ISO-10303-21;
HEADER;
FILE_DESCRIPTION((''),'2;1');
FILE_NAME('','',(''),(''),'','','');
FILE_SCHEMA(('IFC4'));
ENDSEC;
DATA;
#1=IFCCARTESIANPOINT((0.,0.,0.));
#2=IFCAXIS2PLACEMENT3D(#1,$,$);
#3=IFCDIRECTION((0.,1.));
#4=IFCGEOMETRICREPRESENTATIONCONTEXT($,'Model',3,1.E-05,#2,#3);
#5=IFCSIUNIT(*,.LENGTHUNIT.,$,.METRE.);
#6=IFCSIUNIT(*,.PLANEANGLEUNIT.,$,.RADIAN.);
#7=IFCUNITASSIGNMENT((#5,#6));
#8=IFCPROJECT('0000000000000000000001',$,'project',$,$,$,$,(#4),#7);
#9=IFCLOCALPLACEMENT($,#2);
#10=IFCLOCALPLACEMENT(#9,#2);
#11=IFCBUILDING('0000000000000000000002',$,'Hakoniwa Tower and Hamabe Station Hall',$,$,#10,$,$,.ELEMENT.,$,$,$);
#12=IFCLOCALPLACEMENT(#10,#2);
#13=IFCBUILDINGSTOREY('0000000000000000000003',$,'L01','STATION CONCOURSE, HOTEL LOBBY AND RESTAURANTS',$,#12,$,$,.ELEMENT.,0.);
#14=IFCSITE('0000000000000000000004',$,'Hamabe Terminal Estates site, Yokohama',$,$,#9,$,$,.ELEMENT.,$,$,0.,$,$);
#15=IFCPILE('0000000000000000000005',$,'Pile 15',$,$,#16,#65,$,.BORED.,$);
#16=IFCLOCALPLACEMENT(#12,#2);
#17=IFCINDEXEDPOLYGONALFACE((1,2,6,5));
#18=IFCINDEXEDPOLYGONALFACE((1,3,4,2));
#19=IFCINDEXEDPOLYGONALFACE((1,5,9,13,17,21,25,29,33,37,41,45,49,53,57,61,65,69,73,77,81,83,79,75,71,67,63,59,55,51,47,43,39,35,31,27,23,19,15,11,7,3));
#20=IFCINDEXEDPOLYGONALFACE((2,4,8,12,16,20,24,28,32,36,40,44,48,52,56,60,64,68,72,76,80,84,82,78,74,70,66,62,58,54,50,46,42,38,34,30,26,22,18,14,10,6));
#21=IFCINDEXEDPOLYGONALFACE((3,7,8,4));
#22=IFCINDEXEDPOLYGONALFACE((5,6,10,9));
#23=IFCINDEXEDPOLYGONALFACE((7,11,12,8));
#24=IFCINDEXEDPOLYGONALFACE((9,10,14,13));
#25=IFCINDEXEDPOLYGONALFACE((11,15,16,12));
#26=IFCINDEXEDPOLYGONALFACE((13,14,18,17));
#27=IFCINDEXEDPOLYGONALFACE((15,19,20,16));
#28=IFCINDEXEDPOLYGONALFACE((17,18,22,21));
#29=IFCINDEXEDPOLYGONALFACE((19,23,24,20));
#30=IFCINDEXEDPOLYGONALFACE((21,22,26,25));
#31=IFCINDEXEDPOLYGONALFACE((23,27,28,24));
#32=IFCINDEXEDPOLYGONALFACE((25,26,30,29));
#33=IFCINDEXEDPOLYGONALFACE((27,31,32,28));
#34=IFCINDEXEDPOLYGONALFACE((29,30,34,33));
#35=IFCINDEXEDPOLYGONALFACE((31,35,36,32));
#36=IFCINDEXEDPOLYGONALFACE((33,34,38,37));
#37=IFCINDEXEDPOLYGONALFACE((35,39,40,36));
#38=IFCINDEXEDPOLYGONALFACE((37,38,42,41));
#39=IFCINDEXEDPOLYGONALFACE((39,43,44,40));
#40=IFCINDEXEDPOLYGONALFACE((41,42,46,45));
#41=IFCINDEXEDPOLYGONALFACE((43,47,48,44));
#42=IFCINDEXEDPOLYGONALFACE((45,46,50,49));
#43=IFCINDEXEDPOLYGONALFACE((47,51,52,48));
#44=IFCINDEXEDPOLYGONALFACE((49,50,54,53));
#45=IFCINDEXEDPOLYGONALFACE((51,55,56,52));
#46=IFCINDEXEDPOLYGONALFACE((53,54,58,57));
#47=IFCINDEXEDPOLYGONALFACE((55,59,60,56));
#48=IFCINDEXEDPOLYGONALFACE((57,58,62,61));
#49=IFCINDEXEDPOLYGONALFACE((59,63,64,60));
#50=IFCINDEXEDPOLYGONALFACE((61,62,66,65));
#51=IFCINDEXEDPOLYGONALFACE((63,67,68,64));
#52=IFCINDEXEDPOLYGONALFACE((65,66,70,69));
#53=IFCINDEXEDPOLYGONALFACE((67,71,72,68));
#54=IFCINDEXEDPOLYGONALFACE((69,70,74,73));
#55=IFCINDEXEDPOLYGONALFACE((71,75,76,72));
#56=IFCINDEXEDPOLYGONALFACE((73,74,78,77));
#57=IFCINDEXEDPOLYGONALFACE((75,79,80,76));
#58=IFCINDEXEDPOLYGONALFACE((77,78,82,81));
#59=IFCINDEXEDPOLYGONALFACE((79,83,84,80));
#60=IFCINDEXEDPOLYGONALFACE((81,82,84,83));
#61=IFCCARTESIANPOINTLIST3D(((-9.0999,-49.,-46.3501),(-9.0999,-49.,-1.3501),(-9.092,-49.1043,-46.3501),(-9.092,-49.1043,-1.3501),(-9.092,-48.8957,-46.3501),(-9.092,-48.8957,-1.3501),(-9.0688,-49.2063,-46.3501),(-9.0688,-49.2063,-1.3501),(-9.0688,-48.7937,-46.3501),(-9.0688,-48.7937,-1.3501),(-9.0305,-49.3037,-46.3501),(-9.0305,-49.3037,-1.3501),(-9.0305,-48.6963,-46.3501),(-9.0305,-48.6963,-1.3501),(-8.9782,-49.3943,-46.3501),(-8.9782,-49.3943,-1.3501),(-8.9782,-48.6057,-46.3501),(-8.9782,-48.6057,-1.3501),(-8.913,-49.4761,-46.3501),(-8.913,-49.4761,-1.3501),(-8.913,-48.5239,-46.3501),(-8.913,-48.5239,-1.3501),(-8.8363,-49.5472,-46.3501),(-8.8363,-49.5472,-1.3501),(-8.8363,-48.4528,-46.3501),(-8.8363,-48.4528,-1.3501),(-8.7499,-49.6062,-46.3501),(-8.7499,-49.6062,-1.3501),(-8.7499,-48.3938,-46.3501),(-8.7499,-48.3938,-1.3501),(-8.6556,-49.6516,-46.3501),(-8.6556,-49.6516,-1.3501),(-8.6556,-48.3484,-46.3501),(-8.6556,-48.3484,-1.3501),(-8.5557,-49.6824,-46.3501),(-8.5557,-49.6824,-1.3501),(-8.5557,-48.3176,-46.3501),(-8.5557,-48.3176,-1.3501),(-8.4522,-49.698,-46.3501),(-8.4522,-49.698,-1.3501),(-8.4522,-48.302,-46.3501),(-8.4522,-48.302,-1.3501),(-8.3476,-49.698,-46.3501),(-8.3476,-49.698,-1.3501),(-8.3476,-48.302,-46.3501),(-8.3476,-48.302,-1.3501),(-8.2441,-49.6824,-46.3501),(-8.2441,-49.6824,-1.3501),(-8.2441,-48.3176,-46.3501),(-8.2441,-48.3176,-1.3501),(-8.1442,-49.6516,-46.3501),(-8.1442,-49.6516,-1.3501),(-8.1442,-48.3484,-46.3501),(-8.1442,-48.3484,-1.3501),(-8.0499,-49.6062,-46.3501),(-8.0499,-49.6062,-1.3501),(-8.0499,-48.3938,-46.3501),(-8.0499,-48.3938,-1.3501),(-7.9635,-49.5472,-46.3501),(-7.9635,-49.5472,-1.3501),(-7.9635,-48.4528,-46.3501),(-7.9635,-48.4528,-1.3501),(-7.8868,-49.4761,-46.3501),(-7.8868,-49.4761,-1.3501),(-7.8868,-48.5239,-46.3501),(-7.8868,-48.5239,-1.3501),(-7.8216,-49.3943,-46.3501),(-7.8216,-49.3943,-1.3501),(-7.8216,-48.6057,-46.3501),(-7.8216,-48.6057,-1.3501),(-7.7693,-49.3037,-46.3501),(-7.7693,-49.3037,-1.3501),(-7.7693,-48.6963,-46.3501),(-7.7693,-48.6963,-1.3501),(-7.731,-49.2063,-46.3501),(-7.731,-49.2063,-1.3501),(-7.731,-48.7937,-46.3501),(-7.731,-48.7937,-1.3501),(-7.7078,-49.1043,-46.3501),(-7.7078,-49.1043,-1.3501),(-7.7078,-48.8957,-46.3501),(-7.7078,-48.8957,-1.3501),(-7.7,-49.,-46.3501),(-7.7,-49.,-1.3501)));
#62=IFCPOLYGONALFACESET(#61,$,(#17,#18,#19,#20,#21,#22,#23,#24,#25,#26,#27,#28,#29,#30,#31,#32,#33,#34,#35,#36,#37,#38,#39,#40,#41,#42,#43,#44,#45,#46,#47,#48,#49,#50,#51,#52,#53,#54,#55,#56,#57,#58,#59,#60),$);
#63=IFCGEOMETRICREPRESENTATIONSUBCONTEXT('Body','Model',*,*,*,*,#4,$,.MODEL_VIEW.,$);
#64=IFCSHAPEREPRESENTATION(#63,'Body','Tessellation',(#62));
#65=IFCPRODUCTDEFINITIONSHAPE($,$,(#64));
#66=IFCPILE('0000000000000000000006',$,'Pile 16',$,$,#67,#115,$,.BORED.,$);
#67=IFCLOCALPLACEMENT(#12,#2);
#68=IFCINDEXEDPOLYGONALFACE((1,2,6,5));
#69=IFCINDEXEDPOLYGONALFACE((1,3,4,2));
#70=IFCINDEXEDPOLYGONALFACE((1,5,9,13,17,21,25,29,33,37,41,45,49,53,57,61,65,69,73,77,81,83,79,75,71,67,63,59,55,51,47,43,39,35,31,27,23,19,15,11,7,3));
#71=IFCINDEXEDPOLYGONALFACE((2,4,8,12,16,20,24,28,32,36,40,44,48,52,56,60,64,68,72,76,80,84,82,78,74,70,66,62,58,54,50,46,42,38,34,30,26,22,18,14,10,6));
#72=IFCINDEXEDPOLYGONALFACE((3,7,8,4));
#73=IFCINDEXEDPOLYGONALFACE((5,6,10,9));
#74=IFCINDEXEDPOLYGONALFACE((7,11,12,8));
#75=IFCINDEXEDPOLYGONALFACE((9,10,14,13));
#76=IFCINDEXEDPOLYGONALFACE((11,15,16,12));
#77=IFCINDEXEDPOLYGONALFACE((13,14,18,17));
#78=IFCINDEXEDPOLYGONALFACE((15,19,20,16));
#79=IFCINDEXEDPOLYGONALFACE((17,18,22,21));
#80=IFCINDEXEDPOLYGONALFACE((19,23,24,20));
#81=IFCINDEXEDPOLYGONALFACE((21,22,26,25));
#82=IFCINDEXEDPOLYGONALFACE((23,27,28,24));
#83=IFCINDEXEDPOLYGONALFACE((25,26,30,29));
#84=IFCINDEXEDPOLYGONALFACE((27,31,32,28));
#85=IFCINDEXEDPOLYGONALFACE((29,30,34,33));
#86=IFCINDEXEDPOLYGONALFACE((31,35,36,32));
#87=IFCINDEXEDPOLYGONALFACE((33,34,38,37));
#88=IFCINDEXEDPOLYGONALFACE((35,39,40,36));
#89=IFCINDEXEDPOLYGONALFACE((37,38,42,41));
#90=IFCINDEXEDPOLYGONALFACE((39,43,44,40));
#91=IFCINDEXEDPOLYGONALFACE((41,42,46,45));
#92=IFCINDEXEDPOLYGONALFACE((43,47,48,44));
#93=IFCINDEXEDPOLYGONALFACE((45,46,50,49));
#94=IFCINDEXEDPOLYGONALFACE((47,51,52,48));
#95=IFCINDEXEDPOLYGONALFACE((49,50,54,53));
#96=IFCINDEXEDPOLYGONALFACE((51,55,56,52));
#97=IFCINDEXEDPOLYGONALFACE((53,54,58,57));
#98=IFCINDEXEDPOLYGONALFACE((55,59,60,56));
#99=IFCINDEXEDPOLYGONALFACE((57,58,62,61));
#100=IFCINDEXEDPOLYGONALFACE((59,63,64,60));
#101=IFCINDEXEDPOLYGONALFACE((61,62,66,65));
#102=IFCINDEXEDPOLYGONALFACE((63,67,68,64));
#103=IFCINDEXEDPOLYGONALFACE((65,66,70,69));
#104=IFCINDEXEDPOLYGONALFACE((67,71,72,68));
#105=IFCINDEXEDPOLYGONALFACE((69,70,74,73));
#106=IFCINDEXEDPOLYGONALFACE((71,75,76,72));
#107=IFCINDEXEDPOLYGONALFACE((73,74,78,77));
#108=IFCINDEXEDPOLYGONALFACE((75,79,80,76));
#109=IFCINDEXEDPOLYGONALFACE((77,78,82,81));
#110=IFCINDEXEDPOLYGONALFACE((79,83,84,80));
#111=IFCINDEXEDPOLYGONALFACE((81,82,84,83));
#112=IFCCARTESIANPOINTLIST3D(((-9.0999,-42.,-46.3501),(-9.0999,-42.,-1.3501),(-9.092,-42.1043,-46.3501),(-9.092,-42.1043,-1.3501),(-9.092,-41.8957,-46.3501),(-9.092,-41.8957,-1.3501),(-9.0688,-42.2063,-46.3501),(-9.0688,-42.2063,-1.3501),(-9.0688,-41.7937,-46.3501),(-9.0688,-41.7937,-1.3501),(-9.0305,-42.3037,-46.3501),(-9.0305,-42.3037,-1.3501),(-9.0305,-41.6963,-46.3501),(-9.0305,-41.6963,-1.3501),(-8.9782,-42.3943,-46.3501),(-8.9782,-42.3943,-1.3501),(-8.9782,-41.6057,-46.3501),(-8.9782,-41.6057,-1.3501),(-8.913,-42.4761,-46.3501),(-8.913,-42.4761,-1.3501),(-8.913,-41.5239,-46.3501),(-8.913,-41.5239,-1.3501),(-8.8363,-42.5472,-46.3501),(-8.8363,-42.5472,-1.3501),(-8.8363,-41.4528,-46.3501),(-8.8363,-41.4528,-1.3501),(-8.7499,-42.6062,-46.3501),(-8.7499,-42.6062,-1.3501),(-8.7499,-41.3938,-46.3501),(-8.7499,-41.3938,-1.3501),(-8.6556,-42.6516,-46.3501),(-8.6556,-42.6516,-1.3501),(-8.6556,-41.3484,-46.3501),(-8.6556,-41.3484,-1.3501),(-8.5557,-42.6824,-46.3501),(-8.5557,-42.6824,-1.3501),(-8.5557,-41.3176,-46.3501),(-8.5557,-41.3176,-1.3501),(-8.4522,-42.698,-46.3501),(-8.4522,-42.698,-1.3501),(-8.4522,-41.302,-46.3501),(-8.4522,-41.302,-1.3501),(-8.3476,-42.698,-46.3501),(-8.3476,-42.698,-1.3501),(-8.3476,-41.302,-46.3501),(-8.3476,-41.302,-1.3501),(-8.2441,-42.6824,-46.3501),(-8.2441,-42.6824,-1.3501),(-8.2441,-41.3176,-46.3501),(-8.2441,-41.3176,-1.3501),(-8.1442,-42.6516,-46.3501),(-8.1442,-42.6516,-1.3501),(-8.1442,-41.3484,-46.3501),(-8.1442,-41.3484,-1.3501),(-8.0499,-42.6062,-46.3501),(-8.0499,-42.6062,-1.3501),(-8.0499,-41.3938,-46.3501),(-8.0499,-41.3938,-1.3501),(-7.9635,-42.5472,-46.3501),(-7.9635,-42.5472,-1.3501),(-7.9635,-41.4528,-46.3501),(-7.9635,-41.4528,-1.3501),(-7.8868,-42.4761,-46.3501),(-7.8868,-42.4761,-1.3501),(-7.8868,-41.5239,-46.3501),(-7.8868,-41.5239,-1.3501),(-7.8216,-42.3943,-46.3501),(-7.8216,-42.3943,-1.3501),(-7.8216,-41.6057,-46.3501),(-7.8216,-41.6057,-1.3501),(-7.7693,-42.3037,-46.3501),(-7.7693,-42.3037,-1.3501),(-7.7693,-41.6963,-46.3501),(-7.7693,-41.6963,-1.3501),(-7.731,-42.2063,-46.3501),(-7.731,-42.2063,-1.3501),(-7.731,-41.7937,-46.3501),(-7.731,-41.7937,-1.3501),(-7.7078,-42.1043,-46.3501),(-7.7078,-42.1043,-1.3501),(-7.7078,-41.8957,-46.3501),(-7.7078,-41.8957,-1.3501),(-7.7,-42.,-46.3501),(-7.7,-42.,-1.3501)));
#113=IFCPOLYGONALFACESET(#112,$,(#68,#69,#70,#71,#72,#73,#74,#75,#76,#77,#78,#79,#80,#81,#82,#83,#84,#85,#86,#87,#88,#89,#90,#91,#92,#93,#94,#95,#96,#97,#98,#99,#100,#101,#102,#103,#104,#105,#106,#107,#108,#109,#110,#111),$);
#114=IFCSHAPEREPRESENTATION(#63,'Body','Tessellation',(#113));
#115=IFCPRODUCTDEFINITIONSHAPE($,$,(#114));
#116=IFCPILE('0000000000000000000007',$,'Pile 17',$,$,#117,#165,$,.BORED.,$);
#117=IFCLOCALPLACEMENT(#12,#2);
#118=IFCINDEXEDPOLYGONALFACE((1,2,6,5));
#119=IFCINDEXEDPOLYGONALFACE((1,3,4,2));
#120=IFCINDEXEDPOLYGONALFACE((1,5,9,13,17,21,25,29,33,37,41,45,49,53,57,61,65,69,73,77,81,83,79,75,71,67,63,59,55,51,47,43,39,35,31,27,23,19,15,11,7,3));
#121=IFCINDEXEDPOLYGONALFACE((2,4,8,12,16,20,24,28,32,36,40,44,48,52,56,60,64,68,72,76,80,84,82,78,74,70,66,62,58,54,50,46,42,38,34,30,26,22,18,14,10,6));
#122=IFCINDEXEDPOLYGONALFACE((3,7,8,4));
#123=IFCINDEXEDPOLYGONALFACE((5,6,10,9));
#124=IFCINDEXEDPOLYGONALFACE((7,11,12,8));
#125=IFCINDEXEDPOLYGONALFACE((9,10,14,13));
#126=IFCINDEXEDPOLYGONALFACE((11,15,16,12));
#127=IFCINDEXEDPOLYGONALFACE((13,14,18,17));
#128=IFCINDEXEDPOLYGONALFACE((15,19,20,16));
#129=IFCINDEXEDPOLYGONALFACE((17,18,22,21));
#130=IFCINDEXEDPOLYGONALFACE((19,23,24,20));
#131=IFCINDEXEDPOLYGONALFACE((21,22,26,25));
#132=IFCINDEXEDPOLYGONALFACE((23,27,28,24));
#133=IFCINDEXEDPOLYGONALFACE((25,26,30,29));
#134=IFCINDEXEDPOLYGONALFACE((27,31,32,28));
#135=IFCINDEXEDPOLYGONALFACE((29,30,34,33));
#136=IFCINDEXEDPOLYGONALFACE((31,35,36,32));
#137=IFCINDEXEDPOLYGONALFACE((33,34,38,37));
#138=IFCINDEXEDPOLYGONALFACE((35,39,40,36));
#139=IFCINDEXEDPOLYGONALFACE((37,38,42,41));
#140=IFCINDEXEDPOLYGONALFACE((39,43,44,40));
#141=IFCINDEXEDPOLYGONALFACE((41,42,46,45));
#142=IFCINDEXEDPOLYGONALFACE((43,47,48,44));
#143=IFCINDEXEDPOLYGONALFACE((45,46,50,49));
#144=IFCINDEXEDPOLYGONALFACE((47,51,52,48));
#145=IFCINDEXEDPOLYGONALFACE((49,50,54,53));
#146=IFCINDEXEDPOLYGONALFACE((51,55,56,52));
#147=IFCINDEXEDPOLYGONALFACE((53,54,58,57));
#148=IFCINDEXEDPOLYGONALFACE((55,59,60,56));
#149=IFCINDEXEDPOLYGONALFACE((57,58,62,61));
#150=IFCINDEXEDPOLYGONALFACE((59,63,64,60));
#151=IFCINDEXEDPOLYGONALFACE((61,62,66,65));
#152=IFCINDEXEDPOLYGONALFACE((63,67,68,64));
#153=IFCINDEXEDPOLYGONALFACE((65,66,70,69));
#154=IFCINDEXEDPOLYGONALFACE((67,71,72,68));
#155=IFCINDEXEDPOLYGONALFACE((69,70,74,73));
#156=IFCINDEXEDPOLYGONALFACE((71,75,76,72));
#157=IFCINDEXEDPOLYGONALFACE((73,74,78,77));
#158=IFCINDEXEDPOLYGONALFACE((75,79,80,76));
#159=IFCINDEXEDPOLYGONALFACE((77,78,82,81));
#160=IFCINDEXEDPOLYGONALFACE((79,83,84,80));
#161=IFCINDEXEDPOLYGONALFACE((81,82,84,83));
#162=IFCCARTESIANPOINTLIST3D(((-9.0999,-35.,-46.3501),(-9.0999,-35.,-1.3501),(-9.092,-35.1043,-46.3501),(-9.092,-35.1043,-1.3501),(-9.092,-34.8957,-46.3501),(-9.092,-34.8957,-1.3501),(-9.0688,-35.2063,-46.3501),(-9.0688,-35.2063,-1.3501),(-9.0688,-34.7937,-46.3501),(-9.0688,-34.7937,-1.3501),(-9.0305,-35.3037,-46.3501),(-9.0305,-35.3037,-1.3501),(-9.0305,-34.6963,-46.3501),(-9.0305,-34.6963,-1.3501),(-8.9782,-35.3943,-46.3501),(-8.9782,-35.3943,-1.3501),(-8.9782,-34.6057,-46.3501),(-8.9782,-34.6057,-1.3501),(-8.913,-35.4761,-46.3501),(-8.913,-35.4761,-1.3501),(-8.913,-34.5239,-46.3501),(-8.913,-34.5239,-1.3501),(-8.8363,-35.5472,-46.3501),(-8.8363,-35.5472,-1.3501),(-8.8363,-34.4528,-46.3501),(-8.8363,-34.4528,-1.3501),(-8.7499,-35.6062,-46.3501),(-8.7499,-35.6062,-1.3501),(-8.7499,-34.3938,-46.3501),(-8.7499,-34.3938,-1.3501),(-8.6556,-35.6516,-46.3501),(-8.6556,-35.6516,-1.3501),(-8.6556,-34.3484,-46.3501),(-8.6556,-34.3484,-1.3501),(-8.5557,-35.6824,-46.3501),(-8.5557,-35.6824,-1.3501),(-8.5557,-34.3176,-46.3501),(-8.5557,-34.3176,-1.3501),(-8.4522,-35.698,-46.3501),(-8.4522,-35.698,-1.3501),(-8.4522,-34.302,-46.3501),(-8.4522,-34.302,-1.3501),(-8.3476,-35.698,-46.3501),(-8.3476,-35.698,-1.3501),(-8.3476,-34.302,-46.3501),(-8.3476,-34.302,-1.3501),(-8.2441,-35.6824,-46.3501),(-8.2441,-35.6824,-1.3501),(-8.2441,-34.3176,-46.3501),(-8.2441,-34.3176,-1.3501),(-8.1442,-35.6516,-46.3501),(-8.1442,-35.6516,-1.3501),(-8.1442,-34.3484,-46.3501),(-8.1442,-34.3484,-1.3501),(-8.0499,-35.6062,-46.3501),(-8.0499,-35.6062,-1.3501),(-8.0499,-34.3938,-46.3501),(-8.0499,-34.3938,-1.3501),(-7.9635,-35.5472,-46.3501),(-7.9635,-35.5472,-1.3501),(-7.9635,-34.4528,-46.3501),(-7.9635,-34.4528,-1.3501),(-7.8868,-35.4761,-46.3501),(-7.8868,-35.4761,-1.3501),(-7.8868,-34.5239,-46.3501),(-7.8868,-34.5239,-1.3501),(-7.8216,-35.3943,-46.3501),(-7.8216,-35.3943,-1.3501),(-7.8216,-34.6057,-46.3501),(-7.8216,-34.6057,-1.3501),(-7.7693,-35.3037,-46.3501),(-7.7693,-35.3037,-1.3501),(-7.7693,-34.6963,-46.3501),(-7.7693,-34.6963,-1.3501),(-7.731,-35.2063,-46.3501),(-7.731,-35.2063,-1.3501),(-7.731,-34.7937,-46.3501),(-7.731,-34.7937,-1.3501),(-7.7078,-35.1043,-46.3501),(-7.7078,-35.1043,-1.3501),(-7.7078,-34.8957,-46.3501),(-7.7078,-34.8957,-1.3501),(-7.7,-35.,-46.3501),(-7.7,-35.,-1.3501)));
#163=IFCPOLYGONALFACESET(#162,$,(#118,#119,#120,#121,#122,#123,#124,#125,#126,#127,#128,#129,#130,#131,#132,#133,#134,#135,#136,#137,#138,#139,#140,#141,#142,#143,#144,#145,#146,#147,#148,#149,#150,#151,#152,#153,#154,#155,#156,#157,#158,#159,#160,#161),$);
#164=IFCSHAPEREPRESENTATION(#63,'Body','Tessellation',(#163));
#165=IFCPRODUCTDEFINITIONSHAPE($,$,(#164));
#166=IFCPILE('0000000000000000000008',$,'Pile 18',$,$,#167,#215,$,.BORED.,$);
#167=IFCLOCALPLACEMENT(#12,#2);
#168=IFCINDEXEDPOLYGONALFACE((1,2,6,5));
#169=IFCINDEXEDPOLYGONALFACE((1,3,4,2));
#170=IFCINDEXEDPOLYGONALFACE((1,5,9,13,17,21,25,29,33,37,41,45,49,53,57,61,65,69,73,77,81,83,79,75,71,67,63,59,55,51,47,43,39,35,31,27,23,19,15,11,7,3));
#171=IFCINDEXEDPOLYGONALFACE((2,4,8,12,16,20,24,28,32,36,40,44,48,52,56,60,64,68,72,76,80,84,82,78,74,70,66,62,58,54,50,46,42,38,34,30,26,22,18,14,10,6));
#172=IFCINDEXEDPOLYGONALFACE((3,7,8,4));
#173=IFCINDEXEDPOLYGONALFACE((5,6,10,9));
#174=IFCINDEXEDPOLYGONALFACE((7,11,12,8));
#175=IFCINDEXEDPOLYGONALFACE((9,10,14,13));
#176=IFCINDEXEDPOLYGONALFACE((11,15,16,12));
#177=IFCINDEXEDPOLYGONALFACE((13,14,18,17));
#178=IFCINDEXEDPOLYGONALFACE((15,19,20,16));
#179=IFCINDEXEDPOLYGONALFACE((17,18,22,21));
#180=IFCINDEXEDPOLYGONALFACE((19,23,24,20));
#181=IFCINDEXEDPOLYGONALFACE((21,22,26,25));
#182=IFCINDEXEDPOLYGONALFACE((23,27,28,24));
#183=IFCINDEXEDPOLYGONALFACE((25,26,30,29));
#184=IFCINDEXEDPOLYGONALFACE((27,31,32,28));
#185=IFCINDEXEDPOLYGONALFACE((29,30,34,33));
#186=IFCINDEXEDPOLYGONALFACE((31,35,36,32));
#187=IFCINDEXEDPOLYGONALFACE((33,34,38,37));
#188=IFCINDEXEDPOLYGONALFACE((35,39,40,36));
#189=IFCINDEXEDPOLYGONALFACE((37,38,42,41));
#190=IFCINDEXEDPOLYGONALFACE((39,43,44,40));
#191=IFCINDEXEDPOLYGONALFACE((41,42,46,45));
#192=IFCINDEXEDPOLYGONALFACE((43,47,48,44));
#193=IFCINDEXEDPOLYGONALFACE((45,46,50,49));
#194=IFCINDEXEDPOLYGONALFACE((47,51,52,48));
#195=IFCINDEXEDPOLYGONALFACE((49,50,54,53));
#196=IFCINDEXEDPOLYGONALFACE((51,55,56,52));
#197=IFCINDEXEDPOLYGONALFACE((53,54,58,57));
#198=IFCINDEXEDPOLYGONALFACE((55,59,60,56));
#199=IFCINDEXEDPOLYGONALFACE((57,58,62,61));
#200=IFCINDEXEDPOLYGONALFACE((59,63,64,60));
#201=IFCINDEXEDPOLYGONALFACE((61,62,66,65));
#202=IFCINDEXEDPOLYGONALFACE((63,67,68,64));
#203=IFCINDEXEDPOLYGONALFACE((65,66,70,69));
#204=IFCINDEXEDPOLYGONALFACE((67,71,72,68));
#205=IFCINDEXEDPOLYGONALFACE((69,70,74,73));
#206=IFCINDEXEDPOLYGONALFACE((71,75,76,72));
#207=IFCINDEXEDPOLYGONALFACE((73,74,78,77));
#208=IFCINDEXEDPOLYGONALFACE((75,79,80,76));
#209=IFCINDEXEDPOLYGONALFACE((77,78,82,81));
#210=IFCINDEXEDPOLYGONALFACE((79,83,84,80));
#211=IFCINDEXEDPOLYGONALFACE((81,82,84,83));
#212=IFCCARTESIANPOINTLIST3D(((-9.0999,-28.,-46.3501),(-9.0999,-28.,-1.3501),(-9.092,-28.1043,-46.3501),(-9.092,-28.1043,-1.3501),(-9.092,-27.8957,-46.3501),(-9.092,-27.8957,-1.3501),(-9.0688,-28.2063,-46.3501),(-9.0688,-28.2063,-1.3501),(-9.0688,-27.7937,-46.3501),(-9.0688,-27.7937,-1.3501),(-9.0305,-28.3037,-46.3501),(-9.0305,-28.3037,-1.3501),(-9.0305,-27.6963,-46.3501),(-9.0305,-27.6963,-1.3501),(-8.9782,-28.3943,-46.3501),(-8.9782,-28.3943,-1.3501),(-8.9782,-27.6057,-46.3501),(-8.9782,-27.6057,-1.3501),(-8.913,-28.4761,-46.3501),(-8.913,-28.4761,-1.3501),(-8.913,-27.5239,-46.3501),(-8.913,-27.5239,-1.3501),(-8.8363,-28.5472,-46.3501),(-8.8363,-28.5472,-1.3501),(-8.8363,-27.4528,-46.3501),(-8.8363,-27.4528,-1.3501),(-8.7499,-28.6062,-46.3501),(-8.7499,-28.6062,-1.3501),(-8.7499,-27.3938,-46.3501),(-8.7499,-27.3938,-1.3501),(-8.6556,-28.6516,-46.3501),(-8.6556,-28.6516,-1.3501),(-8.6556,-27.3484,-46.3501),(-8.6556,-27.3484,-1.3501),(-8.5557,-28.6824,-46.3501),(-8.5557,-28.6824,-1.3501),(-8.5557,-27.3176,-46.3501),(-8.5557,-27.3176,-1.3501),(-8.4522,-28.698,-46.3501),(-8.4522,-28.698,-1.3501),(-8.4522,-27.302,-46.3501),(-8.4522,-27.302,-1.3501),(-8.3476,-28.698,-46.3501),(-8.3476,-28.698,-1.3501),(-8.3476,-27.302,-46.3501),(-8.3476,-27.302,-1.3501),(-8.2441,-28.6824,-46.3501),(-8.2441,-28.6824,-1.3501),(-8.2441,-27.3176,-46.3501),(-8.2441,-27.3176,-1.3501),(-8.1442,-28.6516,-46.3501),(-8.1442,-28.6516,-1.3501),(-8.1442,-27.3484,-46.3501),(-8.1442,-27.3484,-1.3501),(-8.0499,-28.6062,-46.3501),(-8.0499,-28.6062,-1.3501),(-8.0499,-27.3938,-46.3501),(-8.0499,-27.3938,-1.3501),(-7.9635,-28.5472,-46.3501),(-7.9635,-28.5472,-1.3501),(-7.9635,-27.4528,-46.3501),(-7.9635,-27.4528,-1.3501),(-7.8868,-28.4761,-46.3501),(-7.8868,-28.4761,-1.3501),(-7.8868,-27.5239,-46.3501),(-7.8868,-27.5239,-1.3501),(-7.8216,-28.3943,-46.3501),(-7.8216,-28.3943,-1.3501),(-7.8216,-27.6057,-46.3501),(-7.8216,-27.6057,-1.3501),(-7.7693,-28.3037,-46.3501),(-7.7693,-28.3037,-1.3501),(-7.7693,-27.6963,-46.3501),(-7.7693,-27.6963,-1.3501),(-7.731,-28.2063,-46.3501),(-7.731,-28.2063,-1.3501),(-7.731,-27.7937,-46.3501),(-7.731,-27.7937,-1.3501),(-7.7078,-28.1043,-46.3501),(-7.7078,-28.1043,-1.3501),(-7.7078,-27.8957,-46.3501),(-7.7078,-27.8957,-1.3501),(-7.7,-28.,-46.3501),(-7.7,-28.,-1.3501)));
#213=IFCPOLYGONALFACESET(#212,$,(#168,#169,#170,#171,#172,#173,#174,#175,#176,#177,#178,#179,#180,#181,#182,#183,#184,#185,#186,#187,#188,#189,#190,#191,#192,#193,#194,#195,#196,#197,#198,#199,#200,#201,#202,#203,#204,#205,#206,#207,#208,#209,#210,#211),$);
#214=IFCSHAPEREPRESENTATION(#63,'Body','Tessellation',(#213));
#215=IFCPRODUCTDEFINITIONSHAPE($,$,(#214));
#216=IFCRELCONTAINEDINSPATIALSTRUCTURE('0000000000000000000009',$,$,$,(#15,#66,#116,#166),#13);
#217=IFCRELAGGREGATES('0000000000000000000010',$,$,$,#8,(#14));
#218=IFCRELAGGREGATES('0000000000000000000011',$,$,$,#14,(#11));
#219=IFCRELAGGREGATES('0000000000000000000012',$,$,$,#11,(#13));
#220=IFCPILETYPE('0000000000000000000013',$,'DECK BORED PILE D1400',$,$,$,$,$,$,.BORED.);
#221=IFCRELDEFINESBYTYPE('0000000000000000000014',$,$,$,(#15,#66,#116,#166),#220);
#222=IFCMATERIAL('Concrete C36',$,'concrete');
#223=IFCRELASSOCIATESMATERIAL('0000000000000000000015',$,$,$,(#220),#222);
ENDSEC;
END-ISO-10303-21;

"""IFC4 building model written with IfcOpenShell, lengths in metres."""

from ifc_helpers import new_model, si_unit, direction, frame, origin, origin_2d, place, context, subcontext, project, spatial, circle, extrude, material, material_profile, profile_set, type_object, element, save


model = new_model("IFC4")

# Units and contexts
model_context = context("Model", 3, precision=1e-05, world=origin(), true_north=direction((0.0, 1.0)))
body_context = subcontext(model_context, "Body", "Model", "MODEL_VIEW")
ifc_project = project(units=[si_unit("LENGTHUNIT", "METRE"), si_unit("PLANEANGLEUNIT", "RADIAN")], contexts=[model_context])

# Site, building, storey
site_placement = place(None, origin())
site = spatial("IfcSite", under=ifc_project, at=site_placement, Name="Hamabe Terminal Estates site, Yokohama", CompositionType="ELEMENT", RefElevation=0.0)
building_placement = place(site_placement, origin())
building = spatial("IfcBuilding", under=site, at=building_placement, Name="Hakoniwa Tower and Hamabe Station Hall", CompositionType="ELEMENT")
storey_placement = place(building_placement, origin())
storey = spatial("IfcBuildingStorey", under=building, at=storey_placement, Name="L01", Description="STATION CONCOURSE, HOTEL LOBBY AND RESTAURANTS", CompositionType="ELEMENT", Elevation=0.0)

# Piles
ifc_material_1 = material(Name="Concrete C36", Category="concrete")
ifc_material_profile_1 = material_profile(ifc_material_1, circle(Radius=0.7, at=origin_2d()), Name="DECK BORED PILE D1400")
ifc_profile_set_1 = profile_set([ifc_material_profile_1], Name="Concrete C36")
pile_type = type_object("IfcPileType", Name="DECK BORED PILE D1400", PredefinedType="BORED", material=ifc_profile_set_1)
for number, where, z_axis, x_axis, name in (
    (1, (-8.3999, -49.0, -1.3501), (0.0, 0.0, -1.0), (1.0, 0.0, 0.0), "Pile 15"),
    (2, (-8.3999, -42.0, -1.3501), (0.0, 0.0, -1.0), (1.0, 0.0, 0.0), "Pile 16"),
    (3, (-8.3999, -35.0, -1.3501), (0.0, 0.0, -1.0), (1.0, 0.0, 0.0), "Pile 17"),
    (4, (-8.3999, -28.0, -1.3501), (0.0, 0.0, -1.0), (1.0, 0.0, 0.0), "Pile 18"),
):
    element("IfcPile", number, at=place(storey_placement, frame(where, z_axis=z_axis, x_axis=x_axis)), inside=storey, type_object=pile_type, Name=name, PredefinedType="BORED", context=body_context, shape_type="SweptSolid", body=[
        extrude(circle(Radius=0.7, at=origin_2d()), origin(), (0.0, 0.0, 1.0), 45.0),
    ])

save(model, "model.ifc")
